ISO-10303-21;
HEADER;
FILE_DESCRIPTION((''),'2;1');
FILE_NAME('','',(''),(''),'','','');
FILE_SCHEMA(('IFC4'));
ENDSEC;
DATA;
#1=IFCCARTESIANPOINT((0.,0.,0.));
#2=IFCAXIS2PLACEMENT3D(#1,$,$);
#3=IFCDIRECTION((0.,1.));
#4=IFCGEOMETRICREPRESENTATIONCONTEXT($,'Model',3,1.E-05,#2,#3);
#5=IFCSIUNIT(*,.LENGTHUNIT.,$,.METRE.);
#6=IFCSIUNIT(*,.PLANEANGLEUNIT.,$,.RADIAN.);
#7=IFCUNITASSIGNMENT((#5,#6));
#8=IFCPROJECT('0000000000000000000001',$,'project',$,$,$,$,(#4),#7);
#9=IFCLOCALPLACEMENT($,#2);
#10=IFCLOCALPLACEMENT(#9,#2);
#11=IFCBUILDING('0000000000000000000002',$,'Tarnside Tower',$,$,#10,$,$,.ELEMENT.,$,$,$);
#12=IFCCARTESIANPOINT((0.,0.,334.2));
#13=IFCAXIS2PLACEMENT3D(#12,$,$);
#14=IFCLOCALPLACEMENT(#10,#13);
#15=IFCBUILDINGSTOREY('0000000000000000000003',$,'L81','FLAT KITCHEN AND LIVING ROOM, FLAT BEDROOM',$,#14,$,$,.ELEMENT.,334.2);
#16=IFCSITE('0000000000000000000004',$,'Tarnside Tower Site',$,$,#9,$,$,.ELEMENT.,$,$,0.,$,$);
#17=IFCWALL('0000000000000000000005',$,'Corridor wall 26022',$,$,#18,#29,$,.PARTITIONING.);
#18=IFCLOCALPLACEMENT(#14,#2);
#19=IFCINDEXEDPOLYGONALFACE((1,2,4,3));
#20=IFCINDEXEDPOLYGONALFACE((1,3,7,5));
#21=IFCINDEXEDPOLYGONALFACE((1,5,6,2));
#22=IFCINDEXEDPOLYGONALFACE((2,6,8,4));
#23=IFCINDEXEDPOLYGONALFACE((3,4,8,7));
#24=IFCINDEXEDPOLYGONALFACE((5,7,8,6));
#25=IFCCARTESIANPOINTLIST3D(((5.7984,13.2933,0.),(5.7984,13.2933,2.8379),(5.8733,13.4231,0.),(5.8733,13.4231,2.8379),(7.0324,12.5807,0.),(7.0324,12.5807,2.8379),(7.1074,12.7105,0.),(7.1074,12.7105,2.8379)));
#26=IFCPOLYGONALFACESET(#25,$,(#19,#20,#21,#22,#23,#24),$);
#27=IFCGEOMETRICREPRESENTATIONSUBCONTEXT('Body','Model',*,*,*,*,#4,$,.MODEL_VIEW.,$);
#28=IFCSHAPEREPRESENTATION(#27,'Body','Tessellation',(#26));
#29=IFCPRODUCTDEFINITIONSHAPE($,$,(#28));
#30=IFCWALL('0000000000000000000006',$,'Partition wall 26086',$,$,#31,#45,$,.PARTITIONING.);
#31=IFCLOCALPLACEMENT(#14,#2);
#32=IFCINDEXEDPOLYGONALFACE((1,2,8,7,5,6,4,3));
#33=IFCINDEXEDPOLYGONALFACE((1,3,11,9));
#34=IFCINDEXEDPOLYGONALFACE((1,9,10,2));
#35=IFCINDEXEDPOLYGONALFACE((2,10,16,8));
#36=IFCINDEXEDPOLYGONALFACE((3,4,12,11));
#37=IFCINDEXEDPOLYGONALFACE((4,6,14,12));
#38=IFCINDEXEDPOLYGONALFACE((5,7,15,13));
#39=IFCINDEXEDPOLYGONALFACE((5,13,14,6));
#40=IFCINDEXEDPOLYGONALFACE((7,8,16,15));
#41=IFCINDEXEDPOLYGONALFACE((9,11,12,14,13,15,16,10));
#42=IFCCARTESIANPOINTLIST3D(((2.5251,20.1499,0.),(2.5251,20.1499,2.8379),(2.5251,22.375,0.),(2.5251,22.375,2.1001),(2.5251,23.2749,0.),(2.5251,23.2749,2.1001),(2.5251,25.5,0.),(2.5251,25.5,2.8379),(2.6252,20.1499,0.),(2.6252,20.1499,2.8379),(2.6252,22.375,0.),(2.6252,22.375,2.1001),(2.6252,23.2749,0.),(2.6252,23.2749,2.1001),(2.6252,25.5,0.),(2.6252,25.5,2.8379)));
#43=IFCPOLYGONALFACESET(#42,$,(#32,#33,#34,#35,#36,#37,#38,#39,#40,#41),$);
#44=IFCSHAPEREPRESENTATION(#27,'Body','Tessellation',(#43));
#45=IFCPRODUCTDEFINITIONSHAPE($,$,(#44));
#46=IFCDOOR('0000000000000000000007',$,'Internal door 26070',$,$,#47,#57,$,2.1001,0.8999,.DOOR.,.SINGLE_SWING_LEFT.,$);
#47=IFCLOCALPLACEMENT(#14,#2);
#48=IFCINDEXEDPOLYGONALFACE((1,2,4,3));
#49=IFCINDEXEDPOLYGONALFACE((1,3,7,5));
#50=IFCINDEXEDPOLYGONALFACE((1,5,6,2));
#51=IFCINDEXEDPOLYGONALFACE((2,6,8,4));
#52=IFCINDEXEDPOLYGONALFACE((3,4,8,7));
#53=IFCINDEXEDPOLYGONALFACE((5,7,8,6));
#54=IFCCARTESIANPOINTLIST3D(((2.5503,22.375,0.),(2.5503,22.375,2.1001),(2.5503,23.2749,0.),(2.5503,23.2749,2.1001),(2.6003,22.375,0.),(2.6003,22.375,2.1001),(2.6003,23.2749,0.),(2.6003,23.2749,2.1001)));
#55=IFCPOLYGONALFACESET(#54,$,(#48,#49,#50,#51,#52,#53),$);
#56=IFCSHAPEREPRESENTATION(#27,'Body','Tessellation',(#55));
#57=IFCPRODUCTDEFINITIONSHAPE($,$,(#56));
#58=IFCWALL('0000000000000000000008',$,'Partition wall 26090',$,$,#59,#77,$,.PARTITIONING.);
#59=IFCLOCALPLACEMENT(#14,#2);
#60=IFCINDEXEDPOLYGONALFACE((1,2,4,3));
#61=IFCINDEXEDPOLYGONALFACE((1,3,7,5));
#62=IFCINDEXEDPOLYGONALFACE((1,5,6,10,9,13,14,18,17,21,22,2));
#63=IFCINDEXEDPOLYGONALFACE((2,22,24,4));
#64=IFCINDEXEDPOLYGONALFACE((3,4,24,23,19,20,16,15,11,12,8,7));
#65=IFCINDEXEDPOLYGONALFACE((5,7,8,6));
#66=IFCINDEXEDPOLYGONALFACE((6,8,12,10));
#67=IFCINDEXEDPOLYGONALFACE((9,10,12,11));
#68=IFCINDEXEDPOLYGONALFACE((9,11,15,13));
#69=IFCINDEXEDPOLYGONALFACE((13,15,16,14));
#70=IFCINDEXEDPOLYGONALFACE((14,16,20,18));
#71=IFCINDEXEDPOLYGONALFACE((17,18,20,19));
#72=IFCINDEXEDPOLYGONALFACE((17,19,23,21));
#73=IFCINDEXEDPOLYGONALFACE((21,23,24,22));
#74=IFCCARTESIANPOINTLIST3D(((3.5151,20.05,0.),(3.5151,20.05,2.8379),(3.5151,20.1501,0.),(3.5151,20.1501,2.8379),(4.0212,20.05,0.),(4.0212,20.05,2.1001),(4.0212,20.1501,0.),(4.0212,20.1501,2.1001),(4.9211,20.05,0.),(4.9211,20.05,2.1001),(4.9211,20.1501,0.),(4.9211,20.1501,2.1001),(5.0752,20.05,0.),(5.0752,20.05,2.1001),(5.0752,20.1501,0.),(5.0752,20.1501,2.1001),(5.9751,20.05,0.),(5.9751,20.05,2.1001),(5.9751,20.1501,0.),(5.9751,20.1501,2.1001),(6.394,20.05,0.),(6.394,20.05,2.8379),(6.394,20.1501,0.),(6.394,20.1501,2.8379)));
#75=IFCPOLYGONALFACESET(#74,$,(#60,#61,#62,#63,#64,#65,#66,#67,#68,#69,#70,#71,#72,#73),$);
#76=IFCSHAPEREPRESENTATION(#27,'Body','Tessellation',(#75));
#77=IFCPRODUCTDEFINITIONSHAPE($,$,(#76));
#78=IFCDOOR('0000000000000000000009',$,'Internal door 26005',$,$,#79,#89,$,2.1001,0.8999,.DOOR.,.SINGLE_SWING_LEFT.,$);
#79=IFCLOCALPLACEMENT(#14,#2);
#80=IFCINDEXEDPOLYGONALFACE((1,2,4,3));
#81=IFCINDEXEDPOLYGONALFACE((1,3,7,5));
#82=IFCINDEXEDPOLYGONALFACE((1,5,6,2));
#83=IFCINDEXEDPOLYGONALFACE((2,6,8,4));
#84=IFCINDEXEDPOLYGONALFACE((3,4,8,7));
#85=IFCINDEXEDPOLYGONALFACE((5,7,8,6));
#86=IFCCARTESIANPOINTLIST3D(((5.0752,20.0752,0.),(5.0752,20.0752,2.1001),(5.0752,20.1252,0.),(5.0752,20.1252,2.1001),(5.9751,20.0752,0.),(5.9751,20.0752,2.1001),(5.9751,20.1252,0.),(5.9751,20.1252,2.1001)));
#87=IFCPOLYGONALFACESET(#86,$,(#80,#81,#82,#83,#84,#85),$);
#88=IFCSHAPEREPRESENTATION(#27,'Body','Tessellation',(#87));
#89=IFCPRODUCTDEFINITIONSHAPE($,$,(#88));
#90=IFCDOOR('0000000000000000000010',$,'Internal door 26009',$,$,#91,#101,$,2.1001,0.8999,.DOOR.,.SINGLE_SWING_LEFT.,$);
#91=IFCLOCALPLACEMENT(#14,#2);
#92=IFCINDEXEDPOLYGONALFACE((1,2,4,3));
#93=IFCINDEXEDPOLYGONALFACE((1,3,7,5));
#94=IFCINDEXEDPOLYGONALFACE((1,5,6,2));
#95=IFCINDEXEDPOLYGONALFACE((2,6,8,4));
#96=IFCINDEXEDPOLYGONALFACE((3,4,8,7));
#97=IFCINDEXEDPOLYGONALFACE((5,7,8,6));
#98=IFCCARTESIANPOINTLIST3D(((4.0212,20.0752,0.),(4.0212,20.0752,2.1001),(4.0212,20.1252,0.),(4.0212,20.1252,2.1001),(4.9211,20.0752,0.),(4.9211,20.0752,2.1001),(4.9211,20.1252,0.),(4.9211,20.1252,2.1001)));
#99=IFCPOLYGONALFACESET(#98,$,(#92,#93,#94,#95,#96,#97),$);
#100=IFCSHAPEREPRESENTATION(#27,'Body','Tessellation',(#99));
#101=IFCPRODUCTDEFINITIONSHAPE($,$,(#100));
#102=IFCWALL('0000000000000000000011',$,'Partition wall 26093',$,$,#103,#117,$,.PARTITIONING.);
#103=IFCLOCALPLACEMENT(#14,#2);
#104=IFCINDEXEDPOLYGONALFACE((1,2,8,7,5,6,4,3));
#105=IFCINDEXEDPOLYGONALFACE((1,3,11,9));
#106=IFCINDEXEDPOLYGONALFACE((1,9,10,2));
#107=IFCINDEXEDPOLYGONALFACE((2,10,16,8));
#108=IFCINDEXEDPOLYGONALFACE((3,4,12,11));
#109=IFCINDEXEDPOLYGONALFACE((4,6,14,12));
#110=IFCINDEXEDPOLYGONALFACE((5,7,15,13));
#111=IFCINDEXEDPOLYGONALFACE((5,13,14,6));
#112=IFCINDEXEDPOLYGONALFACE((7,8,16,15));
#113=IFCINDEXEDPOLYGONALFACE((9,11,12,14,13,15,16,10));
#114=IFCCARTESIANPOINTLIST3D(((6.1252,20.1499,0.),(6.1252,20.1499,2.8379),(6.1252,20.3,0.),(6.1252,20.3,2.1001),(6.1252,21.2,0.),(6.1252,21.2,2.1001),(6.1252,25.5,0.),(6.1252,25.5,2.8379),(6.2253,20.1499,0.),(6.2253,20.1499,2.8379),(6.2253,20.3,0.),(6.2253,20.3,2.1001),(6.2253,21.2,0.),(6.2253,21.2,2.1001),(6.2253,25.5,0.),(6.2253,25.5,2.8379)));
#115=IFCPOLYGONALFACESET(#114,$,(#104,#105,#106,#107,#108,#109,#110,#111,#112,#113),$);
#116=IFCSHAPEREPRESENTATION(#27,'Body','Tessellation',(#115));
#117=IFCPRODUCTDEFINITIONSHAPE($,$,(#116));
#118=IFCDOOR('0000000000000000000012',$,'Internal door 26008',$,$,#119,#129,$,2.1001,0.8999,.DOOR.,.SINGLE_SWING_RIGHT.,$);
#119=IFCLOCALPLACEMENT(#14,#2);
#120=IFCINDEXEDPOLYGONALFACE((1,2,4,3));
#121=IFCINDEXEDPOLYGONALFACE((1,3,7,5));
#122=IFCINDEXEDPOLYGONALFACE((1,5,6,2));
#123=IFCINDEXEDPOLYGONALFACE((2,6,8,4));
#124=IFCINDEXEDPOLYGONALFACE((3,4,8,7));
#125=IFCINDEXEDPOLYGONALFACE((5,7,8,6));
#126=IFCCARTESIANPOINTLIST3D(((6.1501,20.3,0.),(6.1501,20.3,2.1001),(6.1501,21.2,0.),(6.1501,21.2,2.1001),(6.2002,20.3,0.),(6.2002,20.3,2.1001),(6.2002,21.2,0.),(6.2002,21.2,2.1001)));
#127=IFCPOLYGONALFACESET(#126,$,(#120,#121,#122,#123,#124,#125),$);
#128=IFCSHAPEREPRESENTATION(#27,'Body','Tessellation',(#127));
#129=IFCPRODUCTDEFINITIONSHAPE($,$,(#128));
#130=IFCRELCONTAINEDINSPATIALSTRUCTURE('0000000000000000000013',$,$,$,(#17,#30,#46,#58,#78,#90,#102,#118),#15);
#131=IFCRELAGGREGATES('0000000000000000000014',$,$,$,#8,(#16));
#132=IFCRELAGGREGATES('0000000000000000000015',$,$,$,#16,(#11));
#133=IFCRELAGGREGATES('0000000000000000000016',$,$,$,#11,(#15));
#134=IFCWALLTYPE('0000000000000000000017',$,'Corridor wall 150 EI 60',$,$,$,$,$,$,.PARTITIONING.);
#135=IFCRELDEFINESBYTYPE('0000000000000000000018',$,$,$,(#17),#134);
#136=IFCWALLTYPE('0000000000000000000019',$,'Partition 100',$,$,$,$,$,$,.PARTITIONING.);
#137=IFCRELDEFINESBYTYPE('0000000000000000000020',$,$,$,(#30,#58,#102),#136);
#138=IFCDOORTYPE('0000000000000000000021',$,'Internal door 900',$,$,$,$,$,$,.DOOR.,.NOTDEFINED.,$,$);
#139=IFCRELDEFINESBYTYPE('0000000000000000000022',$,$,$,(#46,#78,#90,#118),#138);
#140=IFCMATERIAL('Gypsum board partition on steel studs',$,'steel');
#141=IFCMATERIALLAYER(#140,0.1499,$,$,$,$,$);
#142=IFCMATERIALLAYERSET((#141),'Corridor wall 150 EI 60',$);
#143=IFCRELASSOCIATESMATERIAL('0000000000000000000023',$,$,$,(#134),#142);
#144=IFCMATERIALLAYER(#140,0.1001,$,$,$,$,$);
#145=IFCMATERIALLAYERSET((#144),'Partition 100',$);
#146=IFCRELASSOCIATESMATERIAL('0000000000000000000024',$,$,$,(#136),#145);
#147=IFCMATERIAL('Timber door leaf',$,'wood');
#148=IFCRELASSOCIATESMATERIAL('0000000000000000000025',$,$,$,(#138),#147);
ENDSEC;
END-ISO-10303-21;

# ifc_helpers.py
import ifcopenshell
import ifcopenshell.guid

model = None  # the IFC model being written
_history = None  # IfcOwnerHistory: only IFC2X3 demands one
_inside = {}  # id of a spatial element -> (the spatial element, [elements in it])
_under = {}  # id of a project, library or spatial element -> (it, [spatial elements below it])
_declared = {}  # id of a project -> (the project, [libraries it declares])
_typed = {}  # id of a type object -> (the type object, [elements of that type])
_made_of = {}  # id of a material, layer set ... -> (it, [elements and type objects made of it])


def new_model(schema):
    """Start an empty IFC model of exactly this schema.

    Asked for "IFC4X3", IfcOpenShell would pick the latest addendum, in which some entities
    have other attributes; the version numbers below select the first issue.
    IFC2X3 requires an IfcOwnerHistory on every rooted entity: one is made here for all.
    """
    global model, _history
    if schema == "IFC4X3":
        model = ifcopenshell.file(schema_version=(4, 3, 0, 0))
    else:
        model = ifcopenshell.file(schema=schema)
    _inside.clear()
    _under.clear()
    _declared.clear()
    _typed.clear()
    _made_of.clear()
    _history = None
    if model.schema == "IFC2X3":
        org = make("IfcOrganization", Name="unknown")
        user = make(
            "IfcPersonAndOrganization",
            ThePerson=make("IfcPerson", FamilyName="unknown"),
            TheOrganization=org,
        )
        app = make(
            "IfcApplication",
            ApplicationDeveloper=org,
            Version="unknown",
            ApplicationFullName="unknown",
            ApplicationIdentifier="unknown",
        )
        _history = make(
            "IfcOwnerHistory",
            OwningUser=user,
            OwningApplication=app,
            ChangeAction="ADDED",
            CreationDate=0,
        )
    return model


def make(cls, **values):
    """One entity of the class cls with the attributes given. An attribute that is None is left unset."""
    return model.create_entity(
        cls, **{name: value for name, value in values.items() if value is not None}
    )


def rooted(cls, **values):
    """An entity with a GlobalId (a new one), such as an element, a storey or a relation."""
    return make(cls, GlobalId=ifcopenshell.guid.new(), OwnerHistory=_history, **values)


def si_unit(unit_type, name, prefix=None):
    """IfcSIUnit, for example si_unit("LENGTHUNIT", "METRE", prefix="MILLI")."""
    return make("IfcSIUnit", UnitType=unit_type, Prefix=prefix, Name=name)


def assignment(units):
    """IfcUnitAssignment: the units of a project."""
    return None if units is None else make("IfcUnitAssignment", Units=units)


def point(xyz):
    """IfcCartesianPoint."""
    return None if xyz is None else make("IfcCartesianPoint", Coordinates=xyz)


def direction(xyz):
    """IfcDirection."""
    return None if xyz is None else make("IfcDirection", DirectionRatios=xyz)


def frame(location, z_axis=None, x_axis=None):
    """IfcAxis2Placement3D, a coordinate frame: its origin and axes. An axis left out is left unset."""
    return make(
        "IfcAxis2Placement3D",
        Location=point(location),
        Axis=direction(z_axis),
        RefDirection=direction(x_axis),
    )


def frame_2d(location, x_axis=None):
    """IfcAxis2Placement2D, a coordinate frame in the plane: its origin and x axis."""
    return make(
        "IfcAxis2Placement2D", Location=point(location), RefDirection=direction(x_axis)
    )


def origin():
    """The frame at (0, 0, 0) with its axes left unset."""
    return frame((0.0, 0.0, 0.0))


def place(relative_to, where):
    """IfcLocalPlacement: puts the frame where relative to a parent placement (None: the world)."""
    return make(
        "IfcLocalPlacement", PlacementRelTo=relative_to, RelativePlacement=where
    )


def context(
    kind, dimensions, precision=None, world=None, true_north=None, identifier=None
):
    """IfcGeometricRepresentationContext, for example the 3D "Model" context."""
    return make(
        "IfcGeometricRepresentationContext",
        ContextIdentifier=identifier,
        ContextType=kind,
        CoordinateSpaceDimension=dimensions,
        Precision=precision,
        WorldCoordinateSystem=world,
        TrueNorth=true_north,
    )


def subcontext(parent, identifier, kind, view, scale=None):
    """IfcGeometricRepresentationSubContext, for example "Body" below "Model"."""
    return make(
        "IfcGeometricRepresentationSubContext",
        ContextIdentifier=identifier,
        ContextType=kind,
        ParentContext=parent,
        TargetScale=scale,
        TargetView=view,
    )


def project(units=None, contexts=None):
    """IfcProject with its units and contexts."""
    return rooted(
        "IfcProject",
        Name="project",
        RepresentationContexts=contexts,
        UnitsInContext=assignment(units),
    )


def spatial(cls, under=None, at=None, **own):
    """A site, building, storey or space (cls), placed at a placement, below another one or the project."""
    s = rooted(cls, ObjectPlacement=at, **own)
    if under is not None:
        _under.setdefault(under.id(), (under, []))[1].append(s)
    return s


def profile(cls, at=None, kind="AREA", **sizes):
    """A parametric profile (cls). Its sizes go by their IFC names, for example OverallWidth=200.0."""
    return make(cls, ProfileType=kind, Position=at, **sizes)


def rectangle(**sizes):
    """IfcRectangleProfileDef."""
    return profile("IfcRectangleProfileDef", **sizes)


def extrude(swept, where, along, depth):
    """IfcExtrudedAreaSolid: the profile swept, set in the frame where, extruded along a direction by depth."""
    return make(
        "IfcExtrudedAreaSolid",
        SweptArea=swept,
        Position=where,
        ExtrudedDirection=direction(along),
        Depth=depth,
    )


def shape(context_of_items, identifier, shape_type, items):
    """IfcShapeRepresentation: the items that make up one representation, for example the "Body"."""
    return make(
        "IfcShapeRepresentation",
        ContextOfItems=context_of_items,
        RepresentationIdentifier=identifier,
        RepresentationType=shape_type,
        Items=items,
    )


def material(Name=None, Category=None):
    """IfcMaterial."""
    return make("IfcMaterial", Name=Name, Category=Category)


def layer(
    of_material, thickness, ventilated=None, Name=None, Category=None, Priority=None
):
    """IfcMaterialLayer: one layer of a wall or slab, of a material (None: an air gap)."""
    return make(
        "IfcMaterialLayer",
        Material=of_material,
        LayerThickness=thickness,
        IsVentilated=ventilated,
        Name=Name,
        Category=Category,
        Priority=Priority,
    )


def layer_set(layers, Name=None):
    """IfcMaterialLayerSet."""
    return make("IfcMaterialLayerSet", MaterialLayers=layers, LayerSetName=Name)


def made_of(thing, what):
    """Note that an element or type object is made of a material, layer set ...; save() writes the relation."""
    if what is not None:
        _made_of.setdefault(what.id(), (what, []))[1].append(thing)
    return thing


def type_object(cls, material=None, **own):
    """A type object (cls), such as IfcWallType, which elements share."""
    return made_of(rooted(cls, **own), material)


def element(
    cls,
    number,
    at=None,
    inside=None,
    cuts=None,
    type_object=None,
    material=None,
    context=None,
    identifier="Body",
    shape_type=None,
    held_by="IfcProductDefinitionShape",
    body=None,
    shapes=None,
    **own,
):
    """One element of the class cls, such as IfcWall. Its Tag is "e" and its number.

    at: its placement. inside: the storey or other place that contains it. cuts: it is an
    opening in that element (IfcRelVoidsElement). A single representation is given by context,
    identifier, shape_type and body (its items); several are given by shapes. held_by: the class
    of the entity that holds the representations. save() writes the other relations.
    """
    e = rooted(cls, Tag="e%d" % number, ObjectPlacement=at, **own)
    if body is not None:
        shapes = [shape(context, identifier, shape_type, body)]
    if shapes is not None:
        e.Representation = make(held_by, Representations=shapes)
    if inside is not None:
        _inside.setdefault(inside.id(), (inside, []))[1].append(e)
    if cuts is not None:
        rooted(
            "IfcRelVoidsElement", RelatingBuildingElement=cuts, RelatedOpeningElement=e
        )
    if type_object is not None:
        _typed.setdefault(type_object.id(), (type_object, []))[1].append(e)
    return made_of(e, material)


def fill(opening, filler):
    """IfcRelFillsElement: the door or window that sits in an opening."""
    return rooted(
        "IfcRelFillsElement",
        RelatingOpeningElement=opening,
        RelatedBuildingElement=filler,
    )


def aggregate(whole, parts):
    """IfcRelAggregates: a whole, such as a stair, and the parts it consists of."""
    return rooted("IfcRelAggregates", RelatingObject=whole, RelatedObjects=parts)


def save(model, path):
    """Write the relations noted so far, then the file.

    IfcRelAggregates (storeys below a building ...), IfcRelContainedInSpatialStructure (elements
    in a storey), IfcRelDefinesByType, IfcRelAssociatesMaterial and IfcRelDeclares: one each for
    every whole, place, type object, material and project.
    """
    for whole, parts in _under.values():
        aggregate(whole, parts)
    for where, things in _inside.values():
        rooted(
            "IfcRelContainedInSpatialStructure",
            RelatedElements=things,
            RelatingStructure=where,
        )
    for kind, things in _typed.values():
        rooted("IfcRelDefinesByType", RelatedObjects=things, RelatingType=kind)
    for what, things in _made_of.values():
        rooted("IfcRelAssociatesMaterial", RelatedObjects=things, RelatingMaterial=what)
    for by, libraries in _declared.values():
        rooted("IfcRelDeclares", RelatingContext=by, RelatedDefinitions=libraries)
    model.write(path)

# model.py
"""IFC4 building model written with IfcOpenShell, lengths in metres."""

from ifc_helpers import new_model, si_unit, direction, frame, frame_2d, origin, place, context, subcontext, project, spatial, rectangle, extrude, material, layer, layer_set, type_object, element, fill, save


model = new_model("IFC4")

# Units and contexts
model_context = context("Model", 3, precision=1e-05, world=origin(), true_north=direction((0.0, 1.0)))
body_context = subcontext(model_context, "Body", "Model", "MODEL_VIEW")
ifc_project = project(units=[si_unit("LENGTHUNIT", "METRE"), si_unit("PLANEANGLEUNIT", "RADIAN")], contexts=[model_context])

# Site, building, storey
site_placement = place(None, origin())
site = spatial("IfcSite", under=ifc_project, at=site_placement, Name="Tarnside Tower Site", CompositionType="ELEMENT", RefElevation=0.0)
building_placement = place(site_placement, origin())
building = spatial("IfcBuilding", under=site, at=building_placement, Name="Tarnside Tower", CompositionType="ELEMENT")
storey_placement = place(building_placement, frame((0.0, 0.0, 334.2)))
storey = spatial("IfcBuildingStorey", under=building, at=storey_placement, Name="L81", Description="FLAT KITCHEN AND LIVING ROOM, FLAT BEDROOM", CompositionType="ELEMENT", Elevation=334.2)

# Shared definitions
ifc_material_1 = material(Name="Gypsum board partition on steel studs", Category="steel")

# Shared definitions
ifc_material_2 = material(Name="Timber door leaf", Category="wood")

# Shared definitions
ifc_layer_1 = layer(ifc_material_1, 0.1499)
ifc_layer_set_1 = layer_set([ifc_layer_1], Name="Corridor wall 150 EI 60")
wall_type_1 = type_object("IfcWallType", Name="Corridor wall 150 EI 60", PredefinedType="PARTITIONING", material=ifc_layer_set_1)

# Wall
wall_1_placement = place(storey_placement, frame((5.8359, 13.3582, 0.0), z_axis=(0.0, 0.0, 1.0), x_axis=(0.865989, -0.500064, 0.0)))
element("IfcWall", 1, at=wall_1_placement, inside=storey, type_object=wall_type_1, Name="Corridor wall 26022", PredefinedType="PARTITIONING", context=body_context, shape_type="SweptSolid", body=[
    extrude(rectangle(XDim=1.425, YDim=0.1499, at=frame_2d((0.7124, 0.0))), origin(), (0.0, 0.0, 1.0), 2.8379),
])

# Wall, opening, door
ifc_layer_2 = layer(ifc_material_1, 0.1001)
ifc_layer_set_2 = layer_set([ifc_layer_2], Name="Partition 100")
wall_type_2 = type_object("IfcWallType", Name="Partition 100", PredefinedType="PARTITIONING", material=ifc_layer_set_2)
wall_2_placement = place(storey_placement, frame((2.5752, 20.1499, 0.0), z_axis=(0.0, 0.0, 1.0), x_axis=(0.0, 1.0, 0.0)))
wall_2 = element("IfcWall", 2, at=wall_2_placement, inside=storey, type_object=wall_type_2, Name="Partition wall 26086", PredefinedType="PARTITIONING", context=body_context, shape_type="SweptSolid", body=[
    extrude(rectangle(XDim=5.3501, YDim=0.1001, at=frame_2d((2.675, 0.0))), origin(), (0.0, 0.0, 1.0), 2.8379),
])
opening_1_placement = place(wall_2_placement, frame((2.2251, 0.0, 0.0)))
opening_1 = element("IfcOpeningElement", 3, at=opening_1_placement, cuts=wall_2, PredefinedType="OPENING", context=body_context, shape_type="SweptSolid", body=[
    extrude(rectangle(XDim=0.8999, YDim=2.1001, at=frame_2d((0.45, 1.05))), frame((0.0, 0.0601, 0.0), z_axis=(0.0, -1.0, 0.0), x_axis=(1.0, 0.0, 0.0)), (0.0, 0.0, 1.0), 0.1201),
])
door_type_1 = type_object("IfcDoorType", Name="Internal door 900", OperationType="NOTDEFINED", PredefinedType="DOOR", material=ifc_material_2)
door_1_placement = place(opening_1_placement, origin())
door_1 = element("IfcDoor", 4, at=door_1_placement, inside=storey, type_object=door_type_1, Name="Internal door 26070", OperationType="SINGLE_SWING_LEFT", OverallHeight=2.1001, OverallWidth=0.8999, PredefinedType="DOOR", context=body_context, shape_type="SweptSolid", body=[
    extrude(rectangle(XDim=0.8999, YDim=2.1001, at=frame_2d((0.45, 1.05))), frame((0.0, 0.0249, 0.0), z_axis=(0.0, -1.0, 0.0), x_axis=(1.0, 0.0, 0.0)), (0.0, 0.0, 1.0), 0.05),
])
fill(opening_1, door_1)

# Wall, openings, doors
wall_3_placement = place(storey_placement, frame((6.394, 20.1001, 0.0), z_axis=(0.0, 0.0, 1.0), x_axis=(-1.0, 0.0, 0.0)))
wall_3 = element("IfcWall", 5, at=wall_3_placement, inside=storey, type_object=wall_type_2, Name="Partition wall 26090", PredefinedType="PARTITIONING", context=body_context, shape_type="SweptSolid", body=[
    extrude(rectangle(XDim=2.8789, YDim=0.1001, at=frame_2d((1.4395, 0.0))), origin(), (0.0, 0.0, 1.0), 2.8379),
])
opening_2_placement = place(wall_3_placement, frame((0.4189, 0.0, 0.0)))
opening_2 = element("IfcOpeningElement", 6, at=opening_2_placement, cuts=wall_3, PredefinedType="OPENING", context=body_context, shape_type="SweptSolid", body=[
    extrude(rectangle(XDim=0.8999, YDim=2.1001, at=frame_2d((0.45, 1.05))), frame((0.0, 0.0601, 0.0), z_axis=(0.0, -1.0, 0.0), x_axis=(1.0, 0.0, 0.0)), (0.0, 0.0, 1.0), 0.1201),
])
opening_3_placement = place(wall_3_placement, frame((1.4729, 0.0, 0.0)))
opening_3 = element("IfcOpeningElement", 7, at=opening_3_placement, cuts=wall_3, PredefinedType="OPENING", context=body_context, shape_type="SweptSolid", body=[
    extrude(rectangle(XDim=0.8999, YDim=2.1001, at=frame_2d((0.45, 1.05))), frame((0.0, 0.0601, 0.0), z_axis=(0.0, -1.0, 0.0), x_axis=(1.0, 0.0, 0.0)), (0.0, 0.0, 1.0), 0.1201),
])
door_2_placement = place(opening_2_placement, origin())
door_2 = element("IfcDoor", 8, at=door_2_placement, inside=storey, type_object=door_type_1, Name="Internal door 26005", OperationType="SINGLE_SWING_LEFT", OverallHeight=2.1001, OverallWidth=0.8999, PredefinedType="DOOR", context=body_context, shape_type="SweptSolid", body=[
    extrude(rectangle(XDim=0.8999, YDim=2.1001, at=frame_2d((0.45, 1.05))), frame((0.0, 0.0249, 0.0), z_axis=(0.0, -1.0, 0.0), x_axis=(1.0, 0.0, 0.0)), (0.0, 0.0, 1.0), 0.05),
])
fill(opening_2, door_2)
door_3_placement = place(opening_3_placement, origin())
door_3 = element("IfcDoor", 9, at=door_3_placement, inside=storey, type_object=door_type_1, Name="Internal door 26009", OperationType="SINGLE_SWING_LEFT", OverallHeight=2.1001, OverallWidth=0.8999, PredefinedType="DOOR", context=body_context, shape_type="SweptSolid", body=[
    extrude(rectangle(XDim=0.8999, YDim=2.1001, at=frame_2d((0.45, 1.05))), frame((0.0, 0.0249, 0.0), z_axis=(0.0, -1.0, 0.0), x_axis=(1.0, 0.0, 0.0)), (0.0, 0.0, 1.0), 0.05),
])
fill(opening_3, door_3)

# Wall, opening, door
wall_4_placement = place(storey_placement, frame((6.1753, 25.5, 0.0), z_axis=(0.0, 0.0, 1.0), x_axis=(0.0, -1.0, 0.0)))
wall_4 = element("IfcWall", 10, at=wall_4_placement, inside=storey, type_object=wall_type_2, Name="Partition wall 26093", PredefinedType="PARTITIONING", context=body_context, shape_type="SweptSolid", body=[
    extrude(rectangle(XDim=5.3501, YDim=0.1001, at=frame_2d((2.675, 0.0))), origin(), (0.0, 0.0, 1.0), 2.8379),
])
opening_4_placement = place(wall_4_placement, frame((4.3, 0.0, 0.0)))
opening_4 = element("IfcOpeningElement", 11, at=opening_4_placement, cuts=wall_4, PredefinedType="OPENING", context=body_context, shape_type="SweptSolid", body=[
    extrude(rectangle(XDim=0.8999, YDim=2.1001, at=frame_2d((0.45, 1.05))), frame((0.0, 0.0601, 0.0), z_axis=(0.0, -1.0, 0.0), x_axis=(1.0, 0.0, 0.0)), (0.0, 0.0, 1.0), 0.1201),
])
door_4_placement = place(opening_4_placement, origin())
door_4 = element("IfcDoor", 12, at=door_4_placement, inside=storey, type_object=door_type_1, Name="Internal door 26008", OperationType="SINGLE_SWING_RIGHT", OverallHeight=2.1001, OverallWidth=0.8999, PredefinedType="DOOR", context=body_context, shape_type="SweptSolid", body=[
    extrude(rectangle(XDim=0.8999, YDim=2.1001, at=frame_2d((0.45, 1.05))), frame((0.0, 0.0249, 0.0), z_axis=(0.0, -1.0, 0.0), x_axis=(1.0, 0.0, 0.0)), (0.0, 0.0, 1.0), 0.05),
])
fill(opening_4, door_4)

save(model, "model.ifc")
